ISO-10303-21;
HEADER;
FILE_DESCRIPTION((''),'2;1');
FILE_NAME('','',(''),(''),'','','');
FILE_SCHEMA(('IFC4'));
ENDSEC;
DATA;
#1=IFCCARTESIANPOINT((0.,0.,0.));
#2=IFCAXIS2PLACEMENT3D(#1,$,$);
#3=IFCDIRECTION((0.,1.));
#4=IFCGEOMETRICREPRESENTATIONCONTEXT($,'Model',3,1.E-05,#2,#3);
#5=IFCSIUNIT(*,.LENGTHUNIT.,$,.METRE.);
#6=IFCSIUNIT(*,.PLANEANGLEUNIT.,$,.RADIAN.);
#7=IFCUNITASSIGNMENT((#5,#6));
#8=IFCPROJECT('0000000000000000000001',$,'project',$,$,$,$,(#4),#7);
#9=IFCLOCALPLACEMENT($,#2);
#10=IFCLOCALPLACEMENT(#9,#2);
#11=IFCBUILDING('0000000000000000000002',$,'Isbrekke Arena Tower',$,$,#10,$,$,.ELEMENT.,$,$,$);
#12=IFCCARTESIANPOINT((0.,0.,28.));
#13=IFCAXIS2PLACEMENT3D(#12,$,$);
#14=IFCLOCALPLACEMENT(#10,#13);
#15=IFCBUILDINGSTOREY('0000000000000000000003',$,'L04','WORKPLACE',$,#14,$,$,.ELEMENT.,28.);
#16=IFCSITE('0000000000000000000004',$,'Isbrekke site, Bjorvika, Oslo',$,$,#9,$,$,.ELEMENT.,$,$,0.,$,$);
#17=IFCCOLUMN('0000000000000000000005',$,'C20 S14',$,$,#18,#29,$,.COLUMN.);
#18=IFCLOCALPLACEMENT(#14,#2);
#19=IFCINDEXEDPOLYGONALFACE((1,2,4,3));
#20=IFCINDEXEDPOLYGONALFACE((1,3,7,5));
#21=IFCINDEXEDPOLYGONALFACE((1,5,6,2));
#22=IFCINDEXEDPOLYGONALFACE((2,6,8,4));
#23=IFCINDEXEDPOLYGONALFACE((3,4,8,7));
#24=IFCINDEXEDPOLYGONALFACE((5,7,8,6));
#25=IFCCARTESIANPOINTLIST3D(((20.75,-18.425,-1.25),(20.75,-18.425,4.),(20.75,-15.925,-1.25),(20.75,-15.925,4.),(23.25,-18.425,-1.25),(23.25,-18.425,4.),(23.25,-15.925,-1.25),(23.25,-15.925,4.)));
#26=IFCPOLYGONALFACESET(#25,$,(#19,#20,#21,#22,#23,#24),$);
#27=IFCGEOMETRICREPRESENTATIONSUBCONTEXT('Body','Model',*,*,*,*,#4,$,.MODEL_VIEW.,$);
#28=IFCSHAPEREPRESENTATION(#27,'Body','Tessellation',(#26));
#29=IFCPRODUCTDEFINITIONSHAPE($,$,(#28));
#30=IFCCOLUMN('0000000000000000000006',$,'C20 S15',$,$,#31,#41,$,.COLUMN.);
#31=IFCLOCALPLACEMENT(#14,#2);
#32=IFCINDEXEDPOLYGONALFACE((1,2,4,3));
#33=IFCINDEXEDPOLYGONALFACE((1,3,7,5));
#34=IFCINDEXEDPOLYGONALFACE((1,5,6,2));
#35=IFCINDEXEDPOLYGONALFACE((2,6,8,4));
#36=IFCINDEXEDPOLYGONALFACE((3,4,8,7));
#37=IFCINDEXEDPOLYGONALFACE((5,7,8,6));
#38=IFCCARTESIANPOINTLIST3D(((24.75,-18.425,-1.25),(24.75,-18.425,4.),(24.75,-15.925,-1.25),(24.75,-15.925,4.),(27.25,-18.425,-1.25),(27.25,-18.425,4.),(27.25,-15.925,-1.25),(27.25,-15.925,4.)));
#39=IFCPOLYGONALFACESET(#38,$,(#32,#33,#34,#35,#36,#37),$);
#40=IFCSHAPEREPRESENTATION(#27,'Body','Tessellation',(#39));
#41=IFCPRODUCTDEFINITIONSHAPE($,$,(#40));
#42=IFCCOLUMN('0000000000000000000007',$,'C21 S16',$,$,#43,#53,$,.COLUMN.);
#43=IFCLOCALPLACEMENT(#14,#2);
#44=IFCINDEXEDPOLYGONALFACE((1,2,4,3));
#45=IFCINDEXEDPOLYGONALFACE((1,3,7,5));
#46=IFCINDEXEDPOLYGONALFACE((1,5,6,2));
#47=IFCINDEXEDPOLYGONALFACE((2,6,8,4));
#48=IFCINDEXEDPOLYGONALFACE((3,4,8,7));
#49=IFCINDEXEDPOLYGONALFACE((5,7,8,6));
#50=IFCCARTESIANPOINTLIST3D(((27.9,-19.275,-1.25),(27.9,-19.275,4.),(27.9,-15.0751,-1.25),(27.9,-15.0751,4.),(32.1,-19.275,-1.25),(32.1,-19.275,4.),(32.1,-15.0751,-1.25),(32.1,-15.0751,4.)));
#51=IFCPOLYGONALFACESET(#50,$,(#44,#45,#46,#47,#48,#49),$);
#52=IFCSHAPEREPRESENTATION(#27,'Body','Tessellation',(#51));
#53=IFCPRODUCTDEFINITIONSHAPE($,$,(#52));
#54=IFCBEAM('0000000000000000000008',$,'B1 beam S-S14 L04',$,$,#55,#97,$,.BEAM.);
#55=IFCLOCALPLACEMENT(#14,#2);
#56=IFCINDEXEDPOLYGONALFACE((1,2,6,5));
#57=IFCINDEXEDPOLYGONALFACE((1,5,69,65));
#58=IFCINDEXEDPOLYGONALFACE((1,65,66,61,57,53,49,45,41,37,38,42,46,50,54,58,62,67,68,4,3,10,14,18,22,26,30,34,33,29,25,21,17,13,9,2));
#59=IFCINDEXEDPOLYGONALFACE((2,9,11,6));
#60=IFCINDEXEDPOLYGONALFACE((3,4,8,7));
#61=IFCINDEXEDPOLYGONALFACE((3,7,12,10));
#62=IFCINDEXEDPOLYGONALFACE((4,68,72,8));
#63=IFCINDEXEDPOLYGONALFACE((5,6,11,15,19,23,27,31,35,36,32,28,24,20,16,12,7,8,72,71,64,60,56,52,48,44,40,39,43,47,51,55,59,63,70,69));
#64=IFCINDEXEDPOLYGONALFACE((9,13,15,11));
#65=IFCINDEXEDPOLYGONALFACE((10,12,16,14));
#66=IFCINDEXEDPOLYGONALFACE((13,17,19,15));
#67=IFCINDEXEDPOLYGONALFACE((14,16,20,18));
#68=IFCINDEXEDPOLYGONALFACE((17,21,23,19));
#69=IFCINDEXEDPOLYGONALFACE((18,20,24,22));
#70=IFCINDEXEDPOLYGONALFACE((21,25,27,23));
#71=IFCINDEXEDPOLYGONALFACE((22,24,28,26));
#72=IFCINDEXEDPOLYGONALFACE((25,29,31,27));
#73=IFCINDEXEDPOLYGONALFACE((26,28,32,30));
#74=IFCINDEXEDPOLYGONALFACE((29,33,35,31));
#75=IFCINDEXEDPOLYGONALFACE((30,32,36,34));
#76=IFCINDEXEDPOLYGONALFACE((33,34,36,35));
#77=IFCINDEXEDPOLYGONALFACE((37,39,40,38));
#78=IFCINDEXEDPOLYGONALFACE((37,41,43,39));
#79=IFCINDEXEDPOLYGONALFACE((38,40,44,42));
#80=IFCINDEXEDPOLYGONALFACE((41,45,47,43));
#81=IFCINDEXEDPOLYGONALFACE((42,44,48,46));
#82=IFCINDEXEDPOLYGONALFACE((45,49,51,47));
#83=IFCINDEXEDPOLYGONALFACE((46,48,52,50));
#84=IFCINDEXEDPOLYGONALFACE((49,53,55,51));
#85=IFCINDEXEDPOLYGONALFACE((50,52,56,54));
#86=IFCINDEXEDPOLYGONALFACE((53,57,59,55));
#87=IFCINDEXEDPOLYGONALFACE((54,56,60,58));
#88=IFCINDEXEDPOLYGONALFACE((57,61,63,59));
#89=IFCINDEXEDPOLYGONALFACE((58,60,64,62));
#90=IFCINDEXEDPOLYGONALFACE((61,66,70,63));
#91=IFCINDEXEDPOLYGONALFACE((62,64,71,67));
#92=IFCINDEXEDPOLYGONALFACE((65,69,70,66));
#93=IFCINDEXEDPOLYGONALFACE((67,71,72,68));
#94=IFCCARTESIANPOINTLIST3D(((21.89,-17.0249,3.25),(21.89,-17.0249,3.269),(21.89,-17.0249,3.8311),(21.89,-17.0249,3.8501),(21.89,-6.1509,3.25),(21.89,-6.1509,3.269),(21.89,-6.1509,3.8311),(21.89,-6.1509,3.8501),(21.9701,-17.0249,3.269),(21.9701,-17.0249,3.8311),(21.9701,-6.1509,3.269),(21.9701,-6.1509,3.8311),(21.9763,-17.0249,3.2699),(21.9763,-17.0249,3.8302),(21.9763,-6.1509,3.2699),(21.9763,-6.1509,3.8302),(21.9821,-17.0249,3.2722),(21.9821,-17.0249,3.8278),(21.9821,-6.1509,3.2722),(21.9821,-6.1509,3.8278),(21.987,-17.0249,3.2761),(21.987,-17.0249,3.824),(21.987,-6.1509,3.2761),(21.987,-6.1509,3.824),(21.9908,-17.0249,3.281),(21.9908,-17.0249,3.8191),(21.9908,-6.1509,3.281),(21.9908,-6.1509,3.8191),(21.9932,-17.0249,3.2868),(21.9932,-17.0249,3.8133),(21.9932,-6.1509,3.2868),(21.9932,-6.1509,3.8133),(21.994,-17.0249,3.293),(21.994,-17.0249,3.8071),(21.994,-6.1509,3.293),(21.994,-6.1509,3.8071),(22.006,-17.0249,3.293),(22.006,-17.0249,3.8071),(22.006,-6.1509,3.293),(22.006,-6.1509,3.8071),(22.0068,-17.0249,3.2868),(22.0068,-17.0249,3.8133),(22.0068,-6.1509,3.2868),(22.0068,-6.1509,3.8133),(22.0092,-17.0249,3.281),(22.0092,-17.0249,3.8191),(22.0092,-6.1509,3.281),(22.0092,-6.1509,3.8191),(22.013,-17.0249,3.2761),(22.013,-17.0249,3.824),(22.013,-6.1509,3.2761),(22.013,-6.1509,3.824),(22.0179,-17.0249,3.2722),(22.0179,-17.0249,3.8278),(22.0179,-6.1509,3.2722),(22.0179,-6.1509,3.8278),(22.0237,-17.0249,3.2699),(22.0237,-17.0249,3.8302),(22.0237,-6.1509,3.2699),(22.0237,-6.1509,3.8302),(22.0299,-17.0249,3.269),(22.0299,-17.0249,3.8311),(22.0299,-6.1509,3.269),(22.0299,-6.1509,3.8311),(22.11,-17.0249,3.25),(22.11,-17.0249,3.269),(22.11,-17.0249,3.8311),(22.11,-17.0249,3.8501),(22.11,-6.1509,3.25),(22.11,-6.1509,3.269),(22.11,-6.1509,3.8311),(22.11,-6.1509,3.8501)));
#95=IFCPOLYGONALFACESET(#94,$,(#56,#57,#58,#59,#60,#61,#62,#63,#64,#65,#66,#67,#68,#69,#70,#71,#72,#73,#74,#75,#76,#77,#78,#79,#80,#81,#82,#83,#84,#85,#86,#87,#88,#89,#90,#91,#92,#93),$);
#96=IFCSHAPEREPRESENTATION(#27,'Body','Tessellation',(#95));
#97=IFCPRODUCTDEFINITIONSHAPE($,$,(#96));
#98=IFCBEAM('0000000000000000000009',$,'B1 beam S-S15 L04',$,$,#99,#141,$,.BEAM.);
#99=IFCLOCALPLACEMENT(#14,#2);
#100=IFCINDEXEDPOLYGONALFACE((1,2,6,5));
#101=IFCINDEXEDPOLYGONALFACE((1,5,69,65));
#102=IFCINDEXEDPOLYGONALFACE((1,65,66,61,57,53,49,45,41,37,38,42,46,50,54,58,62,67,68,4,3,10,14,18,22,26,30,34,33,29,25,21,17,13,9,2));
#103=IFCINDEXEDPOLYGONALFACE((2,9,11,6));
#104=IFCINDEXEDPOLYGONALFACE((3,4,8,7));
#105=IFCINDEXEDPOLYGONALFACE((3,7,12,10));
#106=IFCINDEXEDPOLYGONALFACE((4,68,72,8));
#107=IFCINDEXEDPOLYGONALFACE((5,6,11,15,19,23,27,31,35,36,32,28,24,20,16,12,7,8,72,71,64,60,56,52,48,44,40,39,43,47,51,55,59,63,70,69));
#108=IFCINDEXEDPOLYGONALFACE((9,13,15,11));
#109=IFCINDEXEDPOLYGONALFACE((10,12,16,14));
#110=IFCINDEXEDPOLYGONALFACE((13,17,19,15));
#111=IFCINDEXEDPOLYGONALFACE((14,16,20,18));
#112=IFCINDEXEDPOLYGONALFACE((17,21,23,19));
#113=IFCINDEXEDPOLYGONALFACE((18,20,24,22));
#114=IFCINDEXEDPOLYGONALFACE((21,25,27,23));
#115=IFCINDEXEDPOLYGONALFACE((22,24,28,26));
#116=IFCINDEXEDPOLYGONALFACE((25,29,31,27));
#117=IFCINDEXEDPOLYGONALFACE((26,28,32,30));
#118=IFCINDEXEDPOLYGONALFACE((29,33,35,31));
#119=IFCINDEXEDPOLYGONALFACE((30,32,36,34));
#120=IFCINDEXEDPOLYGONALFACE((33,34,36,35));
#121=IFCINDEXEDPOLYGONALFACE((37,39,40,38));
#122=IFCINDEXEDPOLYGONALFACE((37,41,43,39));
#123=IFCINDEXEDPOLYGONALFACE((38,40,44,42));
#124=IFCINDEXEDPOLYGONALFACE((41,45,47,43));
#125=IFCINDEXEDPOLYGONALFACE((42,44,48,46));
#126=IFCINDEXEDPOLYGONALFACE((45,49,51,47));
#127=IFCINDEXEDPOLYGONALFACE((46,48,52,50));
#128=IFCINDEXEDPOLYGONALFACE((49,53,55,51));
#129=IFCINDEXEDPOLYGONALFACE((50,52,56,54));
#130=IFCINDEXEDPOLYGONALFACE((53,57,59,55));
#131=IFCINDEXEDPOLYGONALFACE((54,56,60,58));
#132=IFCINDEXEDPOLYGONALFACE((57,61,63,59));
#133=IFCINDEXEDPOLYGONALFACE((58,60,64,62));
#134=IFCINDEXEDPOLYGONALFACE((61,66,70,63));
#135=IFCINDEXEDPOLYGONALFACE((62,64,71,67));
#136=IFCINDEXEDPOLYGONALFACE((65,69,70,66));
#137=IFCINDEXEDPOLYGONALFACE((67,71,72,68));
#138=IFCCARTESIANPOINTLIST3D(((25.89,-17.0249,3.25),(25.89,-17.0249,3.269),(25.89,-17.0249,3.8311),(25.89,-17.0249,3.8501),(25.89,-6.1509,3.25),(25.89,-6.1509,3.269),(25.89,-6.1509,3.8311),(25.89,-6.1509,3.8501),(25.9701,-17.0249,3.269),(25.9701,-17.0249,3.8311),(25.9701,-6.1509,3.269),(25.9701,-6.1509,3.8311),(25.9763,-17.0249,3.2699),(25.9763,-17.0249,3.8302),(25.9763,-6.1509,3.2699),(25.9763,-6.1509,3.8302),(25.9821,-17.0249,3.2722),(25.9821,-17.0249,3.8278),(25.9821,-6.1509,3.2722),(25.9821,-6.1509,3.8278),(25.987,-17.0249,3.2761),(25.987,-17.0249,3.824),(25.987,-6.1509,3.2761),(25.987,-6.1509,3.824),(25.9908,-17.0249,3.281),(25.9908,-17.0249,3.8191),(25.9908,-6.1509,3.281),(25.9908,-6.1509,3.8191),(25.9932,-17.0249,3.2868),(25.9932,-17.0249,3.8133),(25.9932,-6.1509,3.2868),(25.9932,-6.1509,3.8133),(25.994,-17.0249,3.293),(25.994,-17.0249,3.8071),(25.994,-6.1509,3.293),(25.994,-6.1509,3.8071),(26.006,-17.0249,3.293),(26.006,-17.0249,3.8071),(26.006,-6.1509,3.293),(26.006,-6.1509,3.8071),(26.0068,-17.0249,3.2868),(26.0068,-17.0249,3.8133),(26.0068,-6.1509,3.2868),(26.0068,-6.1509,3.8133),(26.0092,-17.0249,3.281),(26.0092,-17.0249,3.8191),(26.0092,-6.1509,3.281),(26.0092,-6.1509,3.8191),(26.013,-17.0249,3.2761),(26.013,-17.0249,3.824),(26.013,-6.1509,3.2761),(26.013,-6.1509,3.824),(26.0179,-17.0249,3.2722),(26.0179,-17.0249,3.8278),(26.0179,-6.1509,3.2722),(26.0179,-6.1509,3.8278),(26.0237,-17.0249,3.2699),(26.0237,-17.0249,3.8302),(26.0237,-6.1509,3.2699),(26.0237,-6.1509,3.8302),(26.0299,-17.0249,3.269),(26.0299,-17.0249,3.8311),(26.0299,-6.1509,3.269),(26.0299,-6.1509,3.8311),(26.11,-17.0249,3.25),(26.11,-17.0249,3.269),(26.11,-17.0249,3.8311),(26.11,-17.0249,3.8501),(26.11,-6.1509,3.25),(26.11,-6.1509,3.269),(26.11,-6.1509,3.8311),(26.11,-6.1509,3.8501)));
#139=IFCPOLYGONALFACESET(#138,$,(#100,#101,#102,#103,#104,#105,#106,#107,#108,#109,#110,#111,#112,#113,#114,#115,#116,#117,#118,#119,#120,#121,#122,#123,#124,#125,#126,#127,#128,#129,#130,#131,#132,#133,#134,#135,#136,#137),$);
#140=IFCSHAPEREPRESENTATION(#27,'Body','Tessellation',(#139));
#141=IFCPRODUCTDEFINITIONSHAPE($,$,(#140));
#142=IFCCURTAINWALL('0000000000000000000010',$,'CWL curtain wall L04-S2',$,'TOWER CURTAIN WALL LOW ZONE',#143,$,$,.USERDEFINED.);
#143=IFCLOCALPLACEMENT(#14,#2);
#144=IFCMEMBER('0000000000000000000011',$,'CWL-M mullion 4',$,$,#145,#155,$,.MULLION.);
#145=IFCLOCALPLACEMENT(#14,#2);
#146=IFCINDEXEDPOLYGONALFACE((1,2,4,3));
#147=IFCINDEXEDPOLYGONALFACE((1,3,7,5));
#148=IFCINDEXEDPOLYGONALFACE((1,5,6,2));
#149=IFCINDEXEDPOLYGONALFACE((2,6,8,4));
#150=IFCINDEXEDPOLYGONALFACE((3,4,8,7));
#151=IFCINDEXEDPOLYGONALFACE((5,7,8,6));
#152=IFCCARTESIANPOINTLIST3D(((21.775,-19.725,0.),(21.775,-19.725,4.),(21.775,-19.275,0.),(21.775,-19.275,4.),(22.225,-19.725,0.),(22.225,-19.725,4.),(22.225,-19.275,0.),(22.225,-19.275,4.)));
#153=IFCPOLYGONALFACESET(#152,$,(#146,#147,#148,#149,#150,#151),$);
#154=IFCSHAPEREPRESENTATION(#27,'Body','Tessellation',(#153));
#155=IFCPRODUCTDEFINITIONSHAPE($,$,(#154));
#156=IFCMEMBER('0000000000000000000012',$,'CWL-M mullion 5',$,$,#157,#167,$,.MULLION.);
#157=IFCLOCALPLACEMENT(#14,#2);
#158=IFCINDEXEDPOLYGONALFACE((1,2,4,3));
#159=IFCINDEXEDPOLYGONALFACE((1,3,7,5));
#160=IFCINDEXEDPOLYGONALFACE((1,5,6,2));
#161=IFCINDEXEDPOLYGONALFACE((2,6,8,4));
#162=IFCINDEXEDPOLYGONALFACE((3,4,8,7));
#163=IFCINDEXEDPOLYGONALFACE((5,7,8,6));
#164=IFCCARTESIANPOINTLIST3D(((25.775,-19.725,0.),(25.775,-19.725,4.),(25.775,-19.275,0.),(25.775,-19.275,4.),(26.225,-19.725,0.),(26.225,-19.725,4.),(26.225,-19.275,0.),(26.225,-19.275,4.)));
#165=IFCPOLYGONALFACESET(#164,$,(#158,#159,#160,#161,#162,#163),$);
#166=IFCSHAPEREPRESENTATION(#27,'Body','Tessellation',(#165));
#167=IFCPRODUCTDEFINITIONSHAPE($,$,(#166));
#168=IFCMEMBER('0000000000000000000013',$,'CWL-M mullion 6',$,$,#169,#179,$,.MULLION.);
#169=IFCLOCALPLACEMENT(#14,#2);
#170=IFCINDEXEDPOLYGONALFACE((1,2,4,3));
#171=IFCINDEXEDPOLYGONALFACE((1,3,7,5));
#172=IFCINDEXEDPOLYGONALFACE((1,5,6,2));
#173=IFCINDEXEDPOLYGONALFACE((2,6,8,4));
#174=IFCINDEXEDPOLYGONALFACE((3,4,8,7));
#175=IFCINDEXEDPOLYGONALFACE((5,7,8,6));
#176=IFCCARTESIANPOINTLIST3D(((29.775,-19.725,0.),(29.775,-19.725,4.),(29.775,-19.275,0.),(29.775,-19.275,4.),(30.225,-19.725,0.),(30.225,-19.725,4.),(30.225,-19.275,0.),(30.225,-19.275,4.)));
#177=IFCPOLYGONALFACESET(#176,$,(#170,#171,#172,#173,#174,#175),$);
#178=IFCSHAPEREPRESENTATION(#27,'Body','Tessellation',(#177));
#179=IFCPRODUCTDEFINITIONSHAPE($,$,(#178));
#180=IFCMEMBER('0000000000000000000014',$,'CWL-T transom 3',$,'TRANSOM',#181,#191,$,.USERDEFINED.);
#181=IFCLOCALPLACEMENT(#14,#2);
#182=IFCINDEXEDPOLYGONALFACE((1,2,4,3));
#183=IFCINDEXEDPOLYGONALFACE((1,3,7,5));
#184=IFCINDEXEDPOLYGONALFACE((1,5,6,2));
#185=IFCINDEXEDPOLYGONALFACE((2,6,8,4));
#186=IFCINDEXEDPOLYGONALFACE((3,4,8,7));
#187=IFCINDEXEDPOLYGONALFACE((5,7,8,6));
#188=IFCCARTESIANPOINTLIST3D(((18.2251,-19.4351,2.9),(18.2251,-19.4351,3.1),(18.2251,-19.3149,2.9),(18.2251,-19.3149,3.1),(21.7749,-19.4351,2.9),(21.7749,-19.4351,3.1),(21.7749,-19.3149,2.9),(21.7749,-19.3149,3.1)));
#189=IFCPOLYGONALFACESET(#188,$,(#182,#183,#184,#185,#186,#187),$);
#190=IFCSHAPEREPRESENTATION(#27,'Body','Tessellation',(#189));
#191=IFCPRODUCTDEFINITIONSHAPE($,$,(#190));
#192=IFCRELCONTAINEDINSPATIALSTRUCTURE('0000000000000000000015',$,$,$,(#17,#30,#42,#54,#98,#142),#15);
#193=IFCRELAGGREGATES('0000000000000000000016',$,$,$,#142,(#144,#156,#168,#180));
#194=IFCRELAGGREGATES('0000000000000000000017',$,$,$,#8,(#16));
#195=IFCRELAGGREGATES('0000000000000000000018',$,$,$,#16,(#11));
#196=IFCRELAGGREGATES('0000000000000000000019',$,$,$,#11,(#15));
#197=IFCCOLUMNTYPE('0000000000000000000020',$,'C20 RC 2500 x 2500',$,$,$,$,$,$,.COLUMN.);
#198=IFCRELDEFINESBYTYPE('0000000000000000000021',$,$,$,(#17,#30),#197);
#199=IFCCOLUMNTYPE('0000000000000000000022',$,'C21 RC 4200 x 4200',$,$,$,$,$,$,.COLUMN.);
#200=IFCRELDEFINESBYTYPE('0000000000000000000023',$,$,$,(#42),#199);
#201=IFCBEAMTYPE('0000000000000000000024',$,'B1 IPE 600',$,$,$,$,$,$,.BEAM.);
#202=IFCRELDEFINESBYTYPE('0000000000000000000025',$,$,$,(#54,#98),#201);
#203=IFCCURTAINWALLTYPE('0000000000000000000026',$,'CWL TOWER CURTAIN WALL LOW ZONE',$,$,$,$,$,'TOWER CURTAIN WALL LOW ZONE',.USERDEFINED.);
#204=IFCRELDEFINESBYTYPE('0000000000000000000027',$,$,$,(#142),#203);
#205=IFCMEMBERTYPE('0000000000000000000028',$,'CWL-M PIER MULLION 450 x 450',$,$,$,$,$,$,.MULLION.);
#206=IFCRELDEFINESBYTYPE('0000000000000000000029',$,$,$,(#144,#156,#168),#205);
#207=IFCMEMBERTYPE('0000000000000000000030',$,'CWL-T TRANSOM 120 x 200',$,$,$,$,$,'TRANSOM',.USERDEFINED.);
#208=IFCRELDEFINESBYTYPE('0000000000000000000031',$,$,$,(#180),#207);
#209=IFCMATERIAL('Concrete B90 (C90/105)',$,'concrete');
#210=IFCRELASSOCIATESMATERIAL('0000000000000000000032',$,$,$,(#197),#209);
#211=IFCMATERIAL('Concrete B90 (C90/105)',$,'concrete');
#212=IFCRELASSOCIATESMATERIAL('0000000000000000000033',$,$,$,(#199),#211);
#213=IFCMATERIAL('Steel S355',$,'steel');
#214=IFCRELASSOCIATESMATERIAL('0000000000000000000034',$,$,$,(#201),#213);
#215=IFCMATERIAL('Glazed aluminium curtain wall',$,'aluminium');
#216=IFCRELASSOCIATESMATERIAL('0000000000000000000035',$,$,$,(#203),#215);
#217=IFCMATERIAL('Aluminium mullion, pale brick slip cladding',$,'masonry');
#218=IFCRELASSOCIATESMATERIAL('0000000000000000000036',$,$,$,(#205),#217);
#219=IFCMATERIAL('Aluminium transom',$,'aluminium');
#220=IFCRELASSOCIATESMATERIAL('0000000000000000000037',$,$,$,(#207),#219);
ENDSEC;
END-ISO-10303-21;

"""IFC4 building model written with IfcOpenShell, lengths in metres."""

from ifc_helpers import new_model, si_unit, direction, frame, origin, origin_2d, place, context, subcontext, project, spatial, rectangle, i_section, extrude, material, material_profile, profile_set, type_object, element, aggregate, save


model = new_model("IFC4")

# Units and contexts
model_context = context("Model", 3, precision=1e-05, world=origin(), true_north=direction((0.0, 1.0)))
body_context = subcontext(model_context, "Body", "Model", "MODEL_VIEW")
ifc_project = project(units=[si_unit("LENGTHUNIT", "METRE"), si_unit("PLANEANGLEUNIT", "RADIAN")], contexts=[model_context])

# Site, building, storey
site_placement = place(None, origin())
site = spatial("IfcSite", under=ifc_project, at=site_placement, Name="Isbrekke site, Bjorvika, Oslo", CompositionType="ELEMENT", RefElevation=0.0)
building_placement = place(site_placement, origin())
building = spatial("IfcBuilding", under=site, at=building_placement, Name="Isbrekke Arena Tower", CompositionType="ELEMENT")
storey_placement = place(building_placement, frame((0.0, 0.0, 28.0)))
storey = spatial("IfcBuildingStorey", under=building, at=storey_placement, Name="L04", Description="WORKPLACE", CompositionType="ELEMENT", Elevation=28.0)

# Columns
ifc_material_1 = material(Name="Concrete B90 (C90/105)", Category="concrete")
ifc_material_profile_1 = material_profile(ifc_material_1, rectangle(XDim=2.5, YDim=2.5, at=origin_2d()), Name="RC 2500x2500")
ifc_profile_set_1 = profile_set([ifc_material_profile_1], Name="Concrete B90 (C90/105)")
column_type_1 = type_object("IfcColumnType", Name="C20 RC 2500 x 2500", PredefinedType="COLUMN", material=ifc_profile_set_1)
for number, where, z_axis, x_axis, name in (
    (1, (22.0, -17.175, -1.25), (0.0, 0.0, 1.0), (1.0, 0.0, 0.0), "C20 S14"),
    (2, (26.0, -17.175, -1.25), (0.0, 0.0, 1.0), (1.0, 0.0, 0.0), "C20 S15"),
):
    element("IfcColumn", number, at=place(storey_placement, frame(where, z_axis=z_axis, x_axis=x_axis)), inside=storey, type_object=column_type_1, Name=name, PredefinedType="COLUMN", context=body_context, shape_type="SweptSolid", body=[
        extrude(rectangle(XDim=2.5, YDim=2.5, at=origin_2d()), origin(), (0.0, 0.0, 1.0), 5.25),
    ])
ifc_material_2 = material(Name="Concrete B90 (C90/105)", Category="concrete")
ifc_material_profile_2 = material_profile(ifc_material_2, rectangle(XDim=4.2, YDim=4.2, at=origin_2d()), Name="RC 4200x4200")
ifc_profile_set_2 = profile_set([ifc_material_profile_2], Name="Concrete B90 (C90/105)")
column_type_2 = type_object("IfcColumnType", Name="C21 RC 4200 x 4200", PredefinedType="COLUMN", material=ifc_profile_set_2)
column_placement = place(storey_placement, frame((30.0, -17.175, -1.25), z_axis=(0.0, 0.0, 1.0), x_axis=(1.0, 0.0, 0.0)))
element("IfcColumn", 3, at=column_placement, inside=storey, type_object=column_type_2, Name="C21 S16", PredefinedType="COLUMN", context=body_context, shape_type="SweptSolid", body=[
    extrude(rectangle(XDim=4.2, YDim=4.2, at=origin_2d()), origin(), (0.0, 0.0, 1.0), 5.25),
])

# Beams
ifc_material_3 = material(Name="Steel S355", Category="steel")
ifc_material_profile_3 = material_profile(ifc_material_3, i_section(OverallWidth=0.22, OverallDepth=0.6001, WebThickness=0.012, FlangeThickness=0.019, FilletRadius=0.0239, at=origin_2d()), Name="IPE 600")
ifc_profile_set_3 = profile_set([ifc_material_profile_3], Name="Steel S355")
beam_type_1 = type_object("IfcBeamType", Name="B1 IPE 600", PredefinedType="BEAM", material=ifc_profile_set_3)
for number, where, z_axis, x_axis, name in (
    (4, (22.0, -17.0249, 3.55), (0.0, 1.0, 0.0), (-1.0, 0.0, 0.0), "B1 beam S-S14 L04"),
    (5, (26.0, -17.0249, 3.55), (0.0, 1.0, 0.0), (-1.0, 0.0, 0.0), "B1 beam S-S15 L04"),
):
    element("IfcBeam", number, at=place(storey_placement, frame(where, z_axis=z_axis, x_axis=x_axis)), inside=storey, type_object=beam_type_1, Name=name, PredefinedType="BEAM", context=body_context, shape_type="SweptSolid", body=[
        extrude(i_section(OverallWidth=0.22, OverallDepth=0.6001, WebThickness=0.012, FlangeThickness=0.019, FilletRadius=0.0239, at=origin_2d()), origin(), (0.0, 0.0, 1.0), 10.874),
    ])

# Curtain wall, members
ifc_material_4 = material(Name="Glazed aluminium curtain wall", Category="aluminium")
curtain_wall_type = type_object("IfcCurtainWallType", Name="CWL TOWER CURTAIN WALL LOW ZONE", ElementType="TOWER CURTAIN WALL LOW ZONE", PredefinedType="USERDEFINED", material=ifc_material_4)
curtain_wall_placement = place(storey_placement, origin())
curtain_wall = element("IfcCurtainWall", 6, at=curtain_wall_placement, inside=storey, type_object=curtain_wall_type, Name="CWL curtain wall L04-S2", ObjectType="TOWER CURTAIN WALL LOW ZONE", PredefinedType="USERDEFINED")
ifc_material_5 = material(Name="Aluminium mullion, pale brick slip cladding", Category="masonry")
ifc_material_profile_4 = material_profile(ifc_material_5, rectangle(XDim=0.45, YDim=0.45, at=origin_2d()), Name="PIER 450X450")
ifc_profile_set_4 = profile_set([ifc_material_profile_4], Name="Aluminium mullion, pale brick slip cladding")
member_type_1 = type_object("IfcMemberType", Name="CWL-M PIER MULLION 450 x 450", PredefinedType="MULLION", material=ifc_profile_set_4)
member_1_placement = place(storey_placement, frame((22.0, -19.5, 0.0), z_axis=(0.0, 0.0, 1.0), x_axis=(1.0, 0.0, 0.0)))
member_1 = element("IfcMember", 7, at=member_1_placement, type_object=member_type_1, Name="CWL-M mullion 4", PredefinedType="MULLION", context=body_context, shape_type="SweptSolid", body=[
    extrude(rectangle(XDim=0.45, YDim=0.45, at=origin_2d()), origin(), (0.0, 0.0, 1.0), 4.0),
])
member_2_placement = place(storey_placement, frame((26.0, -19.5, 0.0), z_axis=(0.0, 0.0, 1.0), x_axis=(1.0, 0.0, 0.0)))
member_2 = element("IfcMember", 8, at=member_2_placement, type_object=member_type_1, Name="CWL-M mullion 5", PredefinedType="MULLION", context=body_context, shape_type="SweptSolid", body=[
    extrude(rectangle(XDim=0.45, YDim=0.45, at=origin_2d()), origin(), (0.0, 0.0, 1.0), 4.0),
])
member_3_placement = place(storey_placement, frame((30.0, -19.5, 0.0), z_axis=(0.0, 0.0, 1.0), x_axis=(1.0, 0.0, 0.0)))
member_3 = element("IfcMember", 9, at=member_3_placement, type_object=member_type_1, Name="CWL-M mullion 6", PredefinedType="MULLION", context=body_context, shape_type="SweptSolid", body=[
    extrude(rectangle(XDim=0.45, YDim=0.45, at=origin_2d()), origin(), (0.0, 0.0, 1.0), 4.0),
])
ifc_material_6 = material(Name="Aluminium transom", Category="aluminium")
ifc_material_profile_5 = material_profile(ifc_material_6, rectangle(XDim=0.1201, YDim=0.2, at=origin_2d()), Name="TRANSOM 120X200")
ifc_profile_set_5 = profile_set([ifc_material_profile_5], Name="Aluminium transom")
member_type_2 = type_object("IfcMemberType", Name="CWL-T TRANSOM 120 x 200", ElementType="TRANSOM", PredefinedType="USERDEFINED", material=ifc_profile_set_5)
member_4_placement = place(storey_placement, frame((18.2251, -19.375, 3.0), z_axis=(1.0, 0.0, 0.0), x_axis=(0.0, 1.0, 0.0)))
member_4 = element("IfcMember", 10, at=member_4_placement, type_object=member_type_2, Name="CWL-T transom 3", ObjectType="TRANSOM", PredefinedType="USERDEFINED", context=body_context, shape_type="SweptSolid", body=[
    extrude(rectangle(XDim=0.1201, YDim=0.2, at=origin_2d()), origin(), (0.0, 0.0, 1.0), 3.5498),
])

aggregate(curtain_wall, [member_1, member_2, member_3, member_4])

save(model, "model.ifc")
